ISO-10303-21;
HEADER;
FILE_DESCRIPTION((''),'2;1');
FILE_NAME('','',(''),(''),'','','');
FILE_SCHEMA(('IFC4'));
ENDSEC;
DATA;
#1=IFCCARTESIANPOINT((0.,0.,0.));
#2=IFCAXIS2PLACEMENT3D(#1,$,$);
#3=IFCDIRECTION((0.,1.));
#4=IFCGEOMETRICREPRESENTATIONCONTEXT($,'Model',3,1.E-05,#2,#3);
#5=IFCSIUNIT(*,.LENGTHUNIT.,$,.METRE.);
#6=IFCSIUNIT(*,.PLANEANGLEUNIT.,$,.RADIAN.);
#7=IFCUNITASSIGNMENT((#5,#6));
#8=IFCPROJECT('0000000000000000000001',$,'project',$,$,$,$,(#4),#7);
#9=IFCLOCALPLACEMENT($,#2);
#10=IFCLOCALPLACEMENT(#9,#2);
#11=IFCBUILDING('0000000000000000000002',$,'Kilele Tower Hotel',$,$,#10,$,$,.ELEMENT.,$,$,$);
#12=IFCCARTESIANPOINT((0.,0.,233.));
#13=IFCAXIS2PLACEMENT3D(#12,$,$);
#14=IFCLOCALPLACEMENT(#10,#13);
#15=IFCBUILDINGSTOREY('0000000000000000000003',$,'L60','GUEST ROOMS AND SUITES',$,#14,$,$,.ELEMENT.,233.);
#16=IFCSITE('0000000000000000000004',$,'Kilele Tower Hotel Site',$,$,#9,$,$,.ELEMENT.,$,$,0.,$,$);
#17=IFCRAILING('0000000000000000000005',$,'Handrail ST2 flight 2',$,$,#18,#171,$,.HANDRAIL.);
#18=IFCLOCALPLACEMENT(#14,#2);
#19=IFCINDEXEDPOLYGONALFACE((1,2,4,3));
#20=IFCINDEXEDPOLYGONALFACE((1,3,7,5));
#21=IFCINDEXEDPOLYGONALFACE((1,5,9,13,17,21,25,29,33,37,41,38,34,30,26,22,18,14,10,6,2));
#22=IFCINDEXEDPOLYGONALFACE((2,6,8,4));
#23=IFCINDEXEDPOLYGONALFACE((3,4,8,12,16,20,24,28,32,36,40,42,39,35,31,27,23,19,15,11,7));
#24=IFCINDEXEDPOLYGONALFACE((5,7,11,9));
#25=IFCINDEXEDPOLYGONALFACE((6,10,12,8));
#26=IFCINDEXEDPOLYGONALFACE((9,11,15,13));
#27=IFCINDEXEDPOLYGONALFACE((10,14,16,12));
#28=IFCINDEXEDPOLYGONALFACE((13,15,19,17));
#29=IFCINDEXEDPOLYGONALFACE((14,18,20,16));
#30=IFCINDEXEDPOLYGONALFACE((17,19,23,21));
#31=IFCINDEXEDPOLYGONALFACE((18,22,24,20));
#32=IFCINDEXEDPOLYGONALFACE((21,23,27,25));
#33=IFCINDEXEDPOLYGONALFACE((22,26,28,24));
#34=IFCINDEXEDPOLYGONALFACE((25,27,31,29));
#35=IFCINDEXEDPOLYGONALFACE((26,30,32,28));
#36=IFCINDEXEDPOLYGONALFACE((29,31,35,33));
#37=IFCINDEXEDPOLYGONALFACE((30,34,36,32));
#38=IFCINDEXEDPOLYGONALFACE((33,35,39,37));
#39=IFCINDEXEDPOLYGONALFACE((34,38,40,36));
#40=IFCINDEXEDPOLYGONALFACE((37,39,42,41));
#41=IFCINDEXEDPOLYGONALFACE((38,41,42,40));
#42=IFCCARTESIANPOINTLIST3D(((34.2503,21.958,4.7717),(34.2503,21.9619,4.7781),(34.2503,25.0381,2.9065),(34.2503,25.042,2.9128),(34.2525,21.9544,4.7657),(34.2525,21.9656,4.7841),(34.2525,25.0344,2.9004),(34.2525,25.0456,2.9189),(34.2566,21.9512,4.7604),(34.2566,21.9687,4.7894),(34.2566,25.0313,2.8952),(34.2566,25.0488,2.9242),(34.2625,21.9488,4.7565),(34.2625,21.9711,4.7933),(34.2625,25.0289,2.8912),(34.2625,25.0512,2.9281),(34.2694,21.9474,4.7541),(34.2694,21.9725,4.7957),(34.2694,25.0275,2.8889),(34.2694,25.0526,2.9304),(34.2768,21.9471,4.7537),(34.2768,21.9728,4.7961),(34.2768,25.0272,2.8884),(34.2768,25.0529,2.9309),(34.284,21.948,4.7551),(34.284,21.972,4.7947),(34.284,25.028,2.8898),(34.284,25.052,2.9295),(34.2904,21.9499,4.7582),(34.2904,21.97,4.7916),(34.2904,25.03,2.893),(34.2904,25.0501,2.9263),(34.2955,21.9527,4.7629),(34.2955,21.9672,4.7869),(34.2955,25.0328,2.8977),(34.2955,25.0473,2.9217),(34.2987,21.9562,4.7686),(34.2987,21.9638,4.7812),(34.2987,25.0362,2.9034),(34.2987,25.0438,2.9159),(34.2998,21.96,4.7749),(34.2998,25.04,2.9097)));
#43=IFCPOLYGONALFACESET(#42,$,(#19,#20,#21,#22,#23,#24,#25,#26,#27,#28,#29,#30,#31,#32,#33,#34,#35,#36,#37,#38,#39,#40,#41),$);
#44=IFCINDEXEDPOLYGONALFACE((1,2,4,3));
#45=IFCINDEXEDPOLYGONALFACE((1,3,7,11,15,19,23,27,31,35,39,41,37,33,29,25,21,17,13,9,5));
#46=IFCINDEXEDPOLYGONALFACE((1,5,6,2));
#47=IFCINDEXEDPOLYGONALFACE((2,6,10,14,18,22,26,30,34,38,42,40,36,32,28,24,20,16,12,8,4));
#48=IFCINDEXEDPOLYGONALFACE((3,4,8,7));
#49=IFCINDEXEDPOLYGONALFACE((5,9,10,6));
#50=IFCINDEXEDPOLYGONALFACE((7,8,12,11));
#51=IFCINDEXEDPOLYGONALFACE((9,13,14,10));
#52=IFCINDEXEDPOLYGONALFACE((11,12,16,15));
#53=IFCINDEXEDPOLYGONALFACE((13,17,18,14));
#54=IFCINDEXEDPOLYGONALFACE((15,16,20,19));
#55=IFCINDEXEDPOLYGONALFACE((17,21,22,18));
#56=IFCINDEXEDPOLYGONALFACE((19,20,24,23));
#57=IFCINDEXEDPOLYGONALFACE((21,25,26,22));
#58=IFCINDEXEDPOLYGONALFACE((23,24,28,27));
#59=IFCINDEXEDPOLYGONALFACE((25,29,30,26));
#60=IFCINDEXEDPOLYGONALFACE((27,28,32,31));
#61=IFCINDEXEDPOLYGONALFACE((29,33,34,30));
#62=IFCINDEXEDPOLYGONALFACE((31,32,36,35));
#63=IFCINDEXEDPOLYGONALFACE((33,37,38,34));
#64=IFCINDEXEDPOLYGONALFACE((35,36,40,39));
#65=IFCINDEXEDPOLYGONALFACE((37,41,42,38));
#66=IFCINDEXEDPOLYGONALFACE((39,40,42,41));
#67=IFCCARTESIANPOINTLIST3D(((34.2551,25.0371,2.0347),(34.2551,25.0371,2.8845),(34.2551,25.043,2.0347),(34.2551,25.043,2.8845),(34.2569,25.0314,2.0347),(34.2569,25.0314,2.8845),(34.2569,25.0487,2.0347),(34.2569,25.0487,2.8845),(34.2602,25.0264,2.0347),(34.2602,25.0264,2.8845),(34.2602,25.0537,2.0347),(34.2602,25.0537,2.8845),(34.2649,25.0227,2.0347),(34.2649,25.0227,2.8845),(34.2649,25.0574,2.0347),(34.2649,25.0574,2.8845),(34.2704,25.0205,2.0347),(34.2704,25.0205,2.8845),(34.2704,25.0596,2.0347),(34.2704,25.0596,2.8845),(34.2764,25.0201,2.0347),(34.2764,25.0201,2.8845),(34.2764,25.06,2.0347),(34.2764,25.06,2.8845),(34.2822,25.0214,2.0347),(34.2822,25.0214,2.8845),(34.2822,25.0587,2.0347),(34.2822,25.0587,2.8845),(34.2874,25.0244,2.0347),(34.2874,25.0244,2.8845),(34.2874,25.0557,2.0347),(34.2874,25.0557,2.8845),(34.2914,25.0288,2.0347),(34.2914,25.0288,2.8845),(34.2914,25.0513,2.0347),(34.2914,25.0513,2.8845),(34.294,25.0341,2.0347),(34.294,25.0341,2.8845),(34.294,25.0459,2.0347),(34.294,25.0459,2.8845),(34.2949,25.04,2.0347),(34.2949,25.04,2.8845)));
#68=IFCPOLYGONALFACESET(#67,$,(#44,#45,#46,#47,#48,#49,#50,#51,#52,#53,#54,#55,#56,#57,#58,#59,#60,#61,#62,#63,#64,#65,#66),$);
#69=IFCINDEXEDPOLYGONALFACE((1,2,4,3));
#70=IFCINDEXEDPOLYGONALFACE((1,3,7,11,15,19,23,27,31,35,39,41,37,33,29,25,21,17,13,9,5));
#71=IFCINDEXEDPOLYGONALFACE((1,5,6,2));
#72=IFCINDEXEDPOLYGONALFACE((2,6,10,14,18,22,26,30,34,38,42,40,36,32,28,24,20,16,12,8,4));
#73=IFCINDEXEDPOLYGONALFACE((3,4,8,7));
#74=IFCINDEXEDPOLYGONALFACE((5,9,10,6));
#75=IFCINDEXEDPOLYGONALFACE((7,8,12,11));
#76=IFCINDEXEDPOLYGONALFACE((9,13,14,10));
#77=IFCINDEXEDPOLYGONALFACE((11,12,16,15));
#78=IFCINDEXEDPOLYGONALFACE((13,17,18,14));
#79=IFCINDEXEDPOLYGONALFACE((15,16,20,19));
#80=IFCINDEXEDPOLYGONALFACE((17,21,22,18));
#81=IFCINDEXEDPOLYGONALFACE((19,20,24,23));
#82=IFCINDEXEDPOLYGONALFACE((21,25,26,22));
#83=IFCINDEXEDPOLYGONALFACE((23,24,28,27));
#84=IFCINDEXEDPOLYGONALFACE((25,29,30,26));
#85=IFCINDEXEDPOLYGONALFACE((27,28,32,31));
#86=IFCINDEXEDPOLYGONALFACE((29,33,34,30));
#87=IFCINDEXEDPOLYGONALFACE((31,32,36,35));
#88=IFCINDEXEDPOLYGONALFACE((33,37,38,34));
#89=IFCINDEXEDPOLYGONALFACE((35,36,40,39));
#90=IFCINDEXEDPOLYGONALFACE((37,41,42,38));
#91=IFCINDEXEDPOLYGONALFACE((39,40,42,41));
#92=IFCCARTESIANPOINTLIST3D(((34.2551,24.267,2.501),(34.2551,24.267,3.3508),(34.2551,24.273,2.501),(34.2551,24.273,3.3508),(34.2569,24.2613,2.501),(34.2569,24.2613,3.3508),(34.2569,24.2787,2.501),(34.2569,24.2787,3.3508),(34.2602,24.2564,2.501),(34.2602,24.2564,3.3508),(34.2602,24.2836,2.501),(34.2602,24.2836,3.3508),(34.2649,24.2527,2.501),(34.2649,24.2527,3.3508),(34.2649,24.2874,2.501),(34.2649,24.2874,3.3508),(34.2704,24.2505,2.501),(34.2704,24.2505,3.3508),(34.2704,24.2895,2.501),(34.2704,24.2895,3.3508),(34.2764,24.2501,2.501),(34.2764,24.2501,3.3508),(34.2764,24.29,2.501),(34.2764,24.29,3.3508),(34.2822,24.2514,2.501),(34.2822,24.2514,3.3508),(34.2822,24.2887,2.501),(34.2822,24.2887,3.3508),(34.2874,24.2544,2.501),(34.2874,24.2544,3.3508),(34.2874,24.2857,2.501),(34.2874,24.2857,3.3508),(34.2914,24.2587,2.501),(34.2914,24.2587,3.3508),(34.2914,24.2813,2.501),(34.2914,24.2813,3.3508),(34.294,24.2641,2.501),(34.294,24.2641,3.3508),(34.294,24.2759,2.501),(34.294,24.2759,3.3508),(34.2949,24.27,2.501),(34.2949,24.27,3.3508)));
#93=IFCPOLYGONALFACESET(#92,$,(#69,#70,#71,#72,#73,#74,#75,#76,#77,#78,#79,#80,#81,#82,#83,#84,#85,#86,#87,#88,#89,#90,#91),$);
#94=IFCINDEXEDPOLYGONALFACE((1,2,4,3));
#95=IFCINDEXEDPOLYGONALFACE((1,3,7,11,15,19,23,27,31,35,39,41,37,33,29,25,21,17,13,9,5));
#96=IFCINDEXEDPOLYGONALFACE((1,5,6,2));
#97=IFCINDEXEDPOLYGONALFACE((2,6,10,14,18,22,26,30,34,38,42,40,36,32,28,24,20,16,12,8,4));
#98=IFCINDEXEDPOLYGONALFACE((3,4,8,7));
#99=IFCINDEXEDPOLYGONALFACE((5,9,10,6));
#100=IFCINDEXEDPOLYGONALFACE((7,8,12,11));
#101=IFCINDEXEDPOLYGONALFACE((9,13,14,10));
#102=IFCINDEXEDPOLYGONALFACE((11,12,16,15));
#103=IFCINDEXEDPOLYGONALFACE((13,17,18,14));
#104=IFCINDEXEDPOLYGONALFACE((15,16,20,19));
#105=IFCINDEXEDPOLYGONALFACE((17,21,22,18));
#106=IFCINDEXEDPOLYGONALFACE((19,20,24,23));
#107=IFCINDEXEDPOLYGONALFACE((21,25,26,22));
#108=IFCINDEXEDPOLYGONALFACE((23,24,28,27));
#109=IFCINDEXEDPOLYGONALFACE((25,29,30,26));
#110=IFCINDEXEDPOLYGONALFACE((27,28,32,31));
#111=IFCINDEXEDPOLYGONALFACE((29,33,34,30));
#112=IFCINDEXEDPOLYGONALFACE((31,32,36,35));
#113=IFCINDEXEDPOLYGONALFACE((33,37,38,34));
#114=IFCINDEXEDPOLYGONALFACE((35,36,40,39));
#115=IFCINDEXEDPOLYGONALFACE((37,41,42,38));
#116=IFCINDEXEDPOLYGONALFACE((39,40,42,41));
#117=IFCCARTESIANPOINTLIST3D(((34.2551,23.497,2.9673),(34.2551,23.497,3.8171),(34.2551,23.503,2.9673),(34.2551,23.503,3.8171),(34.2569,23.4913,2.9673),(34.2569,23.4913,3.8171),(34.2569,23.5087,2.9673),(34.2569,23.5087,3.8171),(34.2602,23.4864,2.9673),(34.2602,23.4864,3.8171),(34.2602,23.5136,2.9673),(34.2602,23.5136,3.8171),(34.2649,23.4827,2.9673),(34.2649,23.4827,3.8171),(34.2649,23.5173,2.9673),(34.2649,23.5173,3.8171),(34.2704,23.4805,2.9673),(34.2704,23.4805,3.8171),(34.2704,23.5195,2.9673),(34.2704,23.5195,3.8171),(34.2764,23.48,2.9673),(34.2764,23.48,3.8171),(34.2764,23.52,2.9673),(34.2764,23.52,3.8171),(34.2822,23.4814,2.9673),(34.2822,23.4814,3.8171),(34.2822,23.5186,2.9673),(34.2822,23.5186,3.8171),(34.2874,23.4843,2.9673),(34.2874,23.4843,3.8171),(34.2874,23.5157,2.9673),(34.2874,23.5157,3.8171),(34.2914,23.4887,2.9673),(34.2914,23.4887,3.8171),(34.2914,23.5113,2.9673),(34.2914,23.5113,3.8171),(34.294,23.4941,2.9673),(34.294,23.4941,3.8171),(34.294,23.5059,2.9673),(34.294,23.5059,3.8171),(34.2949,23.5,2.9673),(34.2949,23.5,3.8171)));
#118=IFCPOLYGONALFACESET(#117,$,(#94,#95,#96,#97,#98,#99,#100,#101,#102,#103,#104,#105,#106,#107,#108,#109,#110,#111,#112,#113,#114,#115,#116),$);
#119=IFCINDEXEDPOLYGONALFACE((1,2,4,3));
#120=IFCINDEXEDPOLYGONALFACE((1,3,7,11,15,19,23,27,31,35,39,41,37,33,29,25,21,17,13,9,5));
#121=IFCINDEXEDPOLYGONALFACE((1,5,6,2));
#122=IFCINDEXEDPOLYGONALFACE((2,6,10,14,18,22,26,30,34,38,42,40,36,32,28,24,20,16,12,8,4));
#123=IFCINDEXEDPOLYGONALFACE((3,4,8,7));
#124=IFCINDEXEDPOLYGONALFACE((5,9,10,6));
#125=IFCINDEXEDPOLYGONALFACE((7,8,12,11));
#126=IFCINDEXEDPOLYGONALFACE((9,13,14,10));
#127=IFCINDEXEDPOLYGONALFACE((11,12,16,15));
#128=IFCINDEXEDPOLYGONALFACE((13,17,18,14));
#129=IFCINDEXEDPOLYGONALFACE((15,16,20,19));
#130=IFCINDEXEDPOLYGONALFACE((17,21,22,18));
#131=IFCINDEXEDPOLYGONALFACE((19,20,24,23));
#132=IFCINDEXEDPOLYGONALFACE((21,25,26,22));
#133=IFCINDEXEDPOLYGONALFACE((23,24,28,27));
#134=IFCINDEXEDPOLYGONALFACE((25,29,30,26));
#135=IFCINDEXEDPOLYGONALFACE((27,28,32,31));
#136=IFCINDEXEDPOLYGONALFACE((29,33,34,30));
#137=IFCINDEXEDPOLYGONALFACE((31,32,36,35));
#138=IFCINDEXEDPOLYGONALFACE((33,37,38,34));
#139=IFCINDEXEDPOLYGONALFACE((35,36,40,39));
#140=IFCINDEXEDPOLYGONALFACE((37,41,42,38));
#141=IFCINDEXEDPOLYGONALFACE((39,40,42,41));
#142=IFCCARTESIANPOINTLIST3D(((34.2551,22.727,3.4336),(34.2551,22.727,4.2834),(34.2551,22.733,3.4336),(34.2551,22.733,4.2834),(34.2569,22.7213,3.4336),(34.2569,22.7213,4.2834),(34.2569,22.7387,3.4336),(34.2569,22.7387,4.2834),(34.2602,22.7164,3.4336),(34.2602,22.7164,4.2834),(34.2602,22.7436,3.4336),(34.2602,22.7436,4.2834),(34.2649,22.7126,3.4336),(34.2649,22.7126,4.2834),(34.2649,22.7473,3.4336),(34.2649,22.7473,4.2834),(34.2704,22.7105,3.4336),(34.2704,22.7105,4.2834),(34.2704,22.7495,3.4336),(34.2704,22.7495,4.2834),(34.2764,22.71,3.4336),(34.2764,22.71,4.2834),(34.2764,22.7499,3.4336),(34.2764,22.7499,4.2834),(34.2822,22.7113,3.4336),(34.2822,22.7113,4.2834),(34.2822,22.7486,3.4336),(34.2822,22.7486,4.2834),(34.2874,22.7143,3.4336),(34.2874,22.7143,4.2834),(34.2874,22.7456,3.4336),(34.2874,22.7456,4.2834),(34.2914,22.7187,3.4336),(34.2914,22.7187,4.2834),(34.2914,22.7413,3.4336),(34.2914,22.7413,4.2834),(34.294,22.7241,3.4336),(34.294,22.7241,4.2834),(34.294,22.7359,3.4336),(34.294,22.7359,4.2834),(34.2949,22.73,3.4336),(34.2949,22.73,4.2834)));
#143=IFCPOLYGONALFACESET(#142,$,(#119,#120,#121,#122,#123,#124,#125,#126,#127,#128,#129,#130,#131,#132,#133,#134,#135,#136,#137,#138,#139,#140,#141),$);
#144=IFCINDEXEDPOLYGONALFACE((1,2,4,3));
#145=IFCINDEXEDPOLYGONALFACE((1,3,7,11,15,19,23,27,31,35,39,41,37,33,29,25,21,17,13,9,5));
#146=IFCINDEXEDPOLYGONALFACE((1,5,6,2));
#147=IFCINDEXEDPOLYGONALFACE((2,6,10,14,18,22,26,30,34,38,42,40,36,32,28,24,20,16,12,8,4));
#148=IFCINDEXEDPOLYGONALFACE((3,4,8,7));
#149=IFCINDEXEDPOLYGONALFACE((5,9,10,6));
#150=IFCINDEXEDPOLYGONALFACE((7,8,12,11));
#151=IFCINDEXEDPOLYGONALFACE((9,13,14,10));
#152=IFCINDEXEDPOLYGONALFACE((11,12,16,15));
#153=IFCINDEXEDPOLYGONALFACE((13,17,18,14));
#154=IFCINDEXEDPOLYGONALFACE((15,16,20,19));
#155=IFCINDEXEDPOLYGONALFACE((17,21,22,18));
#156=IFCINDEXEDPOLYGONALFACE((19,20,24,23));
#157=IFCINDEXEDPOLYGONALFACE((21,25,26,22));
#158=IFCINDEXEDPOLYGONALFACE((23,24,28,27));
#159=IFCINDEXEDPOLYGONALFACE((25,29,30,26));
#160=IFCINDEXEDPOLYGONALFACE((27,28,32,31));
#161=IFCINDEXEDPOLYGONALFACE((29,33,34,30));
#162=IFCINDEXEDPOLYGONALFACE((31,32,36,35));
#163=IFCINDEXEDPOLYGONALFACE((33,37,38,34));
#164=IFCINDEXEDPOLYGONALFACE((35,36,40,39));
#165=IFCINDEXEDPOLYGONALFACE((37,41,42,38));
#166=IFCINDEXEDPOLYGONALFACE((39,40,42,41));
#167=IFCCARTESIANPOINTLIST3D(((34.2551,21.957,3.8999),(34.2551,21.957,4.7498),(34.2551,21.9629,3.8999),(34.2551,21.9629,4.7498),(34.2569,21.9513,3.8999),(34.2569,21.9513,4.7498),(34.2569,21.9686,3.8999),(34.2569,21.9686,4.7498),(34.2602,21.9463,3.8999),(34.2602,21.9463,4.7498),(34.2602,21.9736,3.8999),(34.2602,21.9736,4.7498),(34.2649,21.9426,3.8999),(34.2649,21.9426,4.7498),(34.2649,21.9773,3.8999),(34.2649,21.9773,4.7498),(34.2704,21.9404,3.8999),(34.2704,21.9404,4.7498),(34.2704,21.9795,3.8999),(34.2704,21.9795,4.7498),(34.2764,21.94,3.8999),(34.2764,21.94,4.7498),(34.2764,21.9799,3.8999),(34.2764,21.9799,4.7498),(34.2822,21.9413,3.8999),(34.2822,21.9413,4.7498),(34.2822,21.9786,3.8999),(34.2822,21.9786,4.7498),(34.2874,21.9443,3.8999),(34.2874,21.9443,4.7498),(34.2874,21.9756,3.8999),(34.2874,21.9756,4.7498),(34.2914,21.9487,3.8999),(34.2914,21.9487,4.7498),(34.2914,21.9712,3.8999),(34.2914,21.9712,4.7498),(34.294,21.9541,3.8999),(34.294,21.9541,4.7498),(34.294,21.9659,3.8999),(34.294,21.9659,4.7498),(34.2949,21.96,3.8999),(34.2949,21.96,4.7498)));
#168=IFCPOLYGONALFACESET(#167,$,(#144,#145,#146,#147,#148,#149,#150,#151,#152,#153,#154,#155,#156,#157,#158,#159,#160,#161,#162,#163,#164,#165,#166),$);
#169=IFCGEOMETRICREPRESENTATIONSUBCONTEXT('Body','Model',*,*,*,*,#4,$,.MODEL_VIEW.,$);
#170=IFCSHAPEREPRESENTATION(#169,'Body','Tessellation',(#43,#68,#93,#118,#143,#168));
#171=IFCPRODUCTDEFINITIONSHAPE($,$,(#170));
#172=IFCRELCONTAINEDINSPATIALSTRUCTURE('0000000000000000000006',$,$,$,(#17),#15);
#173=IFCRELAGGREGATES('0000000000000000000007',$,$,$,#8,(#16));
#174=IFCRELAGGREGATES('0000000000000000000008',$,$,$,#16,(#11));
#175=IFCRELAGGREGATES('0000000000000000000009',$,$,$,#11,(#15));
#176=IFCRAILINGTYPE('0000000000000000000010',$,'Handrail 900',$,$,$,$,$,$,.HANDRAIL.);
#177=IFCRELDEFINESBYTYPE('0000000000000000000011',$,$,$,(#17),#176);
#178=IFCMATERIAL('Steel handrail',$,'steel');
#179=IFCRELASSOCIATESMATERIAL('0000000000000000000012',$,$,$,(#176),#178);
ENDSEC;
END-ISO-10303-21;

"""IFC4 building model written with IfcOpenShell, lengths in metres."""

from ifc_helpers import new_model, si_unit, direction, frame, origin, origin_2d, place, context, subcontext, project, spatial, circle, extrude, material, type_object, element, save


model = new_model("IFC4")

# Units and contexts
model_context = context("Model", 3, precision=1e-05, world=origin(), true_north=direction((0.0, 1.0)))
body_context = subcontext(model_context, "Body", "Model", "MODEL_VIEW")
ifc_project = project(units=[si_unit("LENGTHUNIT", "METRE"), si_unit("PLANEANGLEUNIT", "RADIAN")], contexts=[model_context])

# Site, building, storey
site_placement = place(None, origin())
site = spatial("IfcSite", under=ifc_project, at=site_placement, Name="Kilele Tower Hotel Site", CompositionType="ELEMENT", RefElevation=0.0)
building_placement = place(site_placement, origin())
building = spatial("IfcBuilding", under=site, at=building_placement, Name="Kilele Tower Hotel", CompositionType="ELEMENT")
storey_placement = place(building_placement, frame((0.0, 0.0, 233.0)))
storey = spatial("IfcBuildingStorey", under=building, at=storey_placement, Name="L60", Description="GUEST ROOMS AND SUITES", CompositionType="ELEMENT", Elevation=233.0)

# Railing
ifc_material_1 = material(Name="Steel handrail", Category="steel")
railing_type_1 = type_object("IfcRailingType", Name="Handrail 900", PredefinedType="HANDRAIL", material=ifc_material_1)
for number, where, name in (
    (1, (34.2749, 25.04, 2.0347), "Handrail ST2 flight 2"),
):
    element("IfcRailing", number, at=place(storey_placement, frame(where)), inside=storey, type_object=railing_type_1, Name=name, PredefinedType="HANDRAIL", context=body_context, shape_type="SweptSolid", body=[
        extrude(circle(Radius=0.0249, at=origin_2d()), frame((0.0, 0.0, 0.875), z_axis=(0.0, -0.85538, 0.518001), x_axis=(1.0, 0.0, 0.0)), (0.0, 0.0, 1.0), 3.6008),
        extrude(circle(Radius=0.02, at=origin_2d()), origin(), (0.0, 0.0, 1.0), 0.8499),
        extrude(circle(Radius=0.02, at=origin_2d()), frame((0.0, -0.77, 0.4663)), (0.0, 0.0, 1.0), 0.8499),
        extrude(circle(Radius=0.02, at=origin_2d()), frame((0.0, -1.54, 0.9326)), (0.0, 0.0, 1.0), 0.8499),
        extrude(circle(Radius=0.02, at=origin_2d()), frame((0.0, -2.3101, 1.3989)), (0.0, 0.0, 1.0), 0.8499),
        extrude(circle(Radius=0.02, at=origin_2d()), frame((0.0, -3.0801, 1.8652)), (0.0, 0.0, 1.0), 0.8499),
    ])

save(model, "model.ifc")
